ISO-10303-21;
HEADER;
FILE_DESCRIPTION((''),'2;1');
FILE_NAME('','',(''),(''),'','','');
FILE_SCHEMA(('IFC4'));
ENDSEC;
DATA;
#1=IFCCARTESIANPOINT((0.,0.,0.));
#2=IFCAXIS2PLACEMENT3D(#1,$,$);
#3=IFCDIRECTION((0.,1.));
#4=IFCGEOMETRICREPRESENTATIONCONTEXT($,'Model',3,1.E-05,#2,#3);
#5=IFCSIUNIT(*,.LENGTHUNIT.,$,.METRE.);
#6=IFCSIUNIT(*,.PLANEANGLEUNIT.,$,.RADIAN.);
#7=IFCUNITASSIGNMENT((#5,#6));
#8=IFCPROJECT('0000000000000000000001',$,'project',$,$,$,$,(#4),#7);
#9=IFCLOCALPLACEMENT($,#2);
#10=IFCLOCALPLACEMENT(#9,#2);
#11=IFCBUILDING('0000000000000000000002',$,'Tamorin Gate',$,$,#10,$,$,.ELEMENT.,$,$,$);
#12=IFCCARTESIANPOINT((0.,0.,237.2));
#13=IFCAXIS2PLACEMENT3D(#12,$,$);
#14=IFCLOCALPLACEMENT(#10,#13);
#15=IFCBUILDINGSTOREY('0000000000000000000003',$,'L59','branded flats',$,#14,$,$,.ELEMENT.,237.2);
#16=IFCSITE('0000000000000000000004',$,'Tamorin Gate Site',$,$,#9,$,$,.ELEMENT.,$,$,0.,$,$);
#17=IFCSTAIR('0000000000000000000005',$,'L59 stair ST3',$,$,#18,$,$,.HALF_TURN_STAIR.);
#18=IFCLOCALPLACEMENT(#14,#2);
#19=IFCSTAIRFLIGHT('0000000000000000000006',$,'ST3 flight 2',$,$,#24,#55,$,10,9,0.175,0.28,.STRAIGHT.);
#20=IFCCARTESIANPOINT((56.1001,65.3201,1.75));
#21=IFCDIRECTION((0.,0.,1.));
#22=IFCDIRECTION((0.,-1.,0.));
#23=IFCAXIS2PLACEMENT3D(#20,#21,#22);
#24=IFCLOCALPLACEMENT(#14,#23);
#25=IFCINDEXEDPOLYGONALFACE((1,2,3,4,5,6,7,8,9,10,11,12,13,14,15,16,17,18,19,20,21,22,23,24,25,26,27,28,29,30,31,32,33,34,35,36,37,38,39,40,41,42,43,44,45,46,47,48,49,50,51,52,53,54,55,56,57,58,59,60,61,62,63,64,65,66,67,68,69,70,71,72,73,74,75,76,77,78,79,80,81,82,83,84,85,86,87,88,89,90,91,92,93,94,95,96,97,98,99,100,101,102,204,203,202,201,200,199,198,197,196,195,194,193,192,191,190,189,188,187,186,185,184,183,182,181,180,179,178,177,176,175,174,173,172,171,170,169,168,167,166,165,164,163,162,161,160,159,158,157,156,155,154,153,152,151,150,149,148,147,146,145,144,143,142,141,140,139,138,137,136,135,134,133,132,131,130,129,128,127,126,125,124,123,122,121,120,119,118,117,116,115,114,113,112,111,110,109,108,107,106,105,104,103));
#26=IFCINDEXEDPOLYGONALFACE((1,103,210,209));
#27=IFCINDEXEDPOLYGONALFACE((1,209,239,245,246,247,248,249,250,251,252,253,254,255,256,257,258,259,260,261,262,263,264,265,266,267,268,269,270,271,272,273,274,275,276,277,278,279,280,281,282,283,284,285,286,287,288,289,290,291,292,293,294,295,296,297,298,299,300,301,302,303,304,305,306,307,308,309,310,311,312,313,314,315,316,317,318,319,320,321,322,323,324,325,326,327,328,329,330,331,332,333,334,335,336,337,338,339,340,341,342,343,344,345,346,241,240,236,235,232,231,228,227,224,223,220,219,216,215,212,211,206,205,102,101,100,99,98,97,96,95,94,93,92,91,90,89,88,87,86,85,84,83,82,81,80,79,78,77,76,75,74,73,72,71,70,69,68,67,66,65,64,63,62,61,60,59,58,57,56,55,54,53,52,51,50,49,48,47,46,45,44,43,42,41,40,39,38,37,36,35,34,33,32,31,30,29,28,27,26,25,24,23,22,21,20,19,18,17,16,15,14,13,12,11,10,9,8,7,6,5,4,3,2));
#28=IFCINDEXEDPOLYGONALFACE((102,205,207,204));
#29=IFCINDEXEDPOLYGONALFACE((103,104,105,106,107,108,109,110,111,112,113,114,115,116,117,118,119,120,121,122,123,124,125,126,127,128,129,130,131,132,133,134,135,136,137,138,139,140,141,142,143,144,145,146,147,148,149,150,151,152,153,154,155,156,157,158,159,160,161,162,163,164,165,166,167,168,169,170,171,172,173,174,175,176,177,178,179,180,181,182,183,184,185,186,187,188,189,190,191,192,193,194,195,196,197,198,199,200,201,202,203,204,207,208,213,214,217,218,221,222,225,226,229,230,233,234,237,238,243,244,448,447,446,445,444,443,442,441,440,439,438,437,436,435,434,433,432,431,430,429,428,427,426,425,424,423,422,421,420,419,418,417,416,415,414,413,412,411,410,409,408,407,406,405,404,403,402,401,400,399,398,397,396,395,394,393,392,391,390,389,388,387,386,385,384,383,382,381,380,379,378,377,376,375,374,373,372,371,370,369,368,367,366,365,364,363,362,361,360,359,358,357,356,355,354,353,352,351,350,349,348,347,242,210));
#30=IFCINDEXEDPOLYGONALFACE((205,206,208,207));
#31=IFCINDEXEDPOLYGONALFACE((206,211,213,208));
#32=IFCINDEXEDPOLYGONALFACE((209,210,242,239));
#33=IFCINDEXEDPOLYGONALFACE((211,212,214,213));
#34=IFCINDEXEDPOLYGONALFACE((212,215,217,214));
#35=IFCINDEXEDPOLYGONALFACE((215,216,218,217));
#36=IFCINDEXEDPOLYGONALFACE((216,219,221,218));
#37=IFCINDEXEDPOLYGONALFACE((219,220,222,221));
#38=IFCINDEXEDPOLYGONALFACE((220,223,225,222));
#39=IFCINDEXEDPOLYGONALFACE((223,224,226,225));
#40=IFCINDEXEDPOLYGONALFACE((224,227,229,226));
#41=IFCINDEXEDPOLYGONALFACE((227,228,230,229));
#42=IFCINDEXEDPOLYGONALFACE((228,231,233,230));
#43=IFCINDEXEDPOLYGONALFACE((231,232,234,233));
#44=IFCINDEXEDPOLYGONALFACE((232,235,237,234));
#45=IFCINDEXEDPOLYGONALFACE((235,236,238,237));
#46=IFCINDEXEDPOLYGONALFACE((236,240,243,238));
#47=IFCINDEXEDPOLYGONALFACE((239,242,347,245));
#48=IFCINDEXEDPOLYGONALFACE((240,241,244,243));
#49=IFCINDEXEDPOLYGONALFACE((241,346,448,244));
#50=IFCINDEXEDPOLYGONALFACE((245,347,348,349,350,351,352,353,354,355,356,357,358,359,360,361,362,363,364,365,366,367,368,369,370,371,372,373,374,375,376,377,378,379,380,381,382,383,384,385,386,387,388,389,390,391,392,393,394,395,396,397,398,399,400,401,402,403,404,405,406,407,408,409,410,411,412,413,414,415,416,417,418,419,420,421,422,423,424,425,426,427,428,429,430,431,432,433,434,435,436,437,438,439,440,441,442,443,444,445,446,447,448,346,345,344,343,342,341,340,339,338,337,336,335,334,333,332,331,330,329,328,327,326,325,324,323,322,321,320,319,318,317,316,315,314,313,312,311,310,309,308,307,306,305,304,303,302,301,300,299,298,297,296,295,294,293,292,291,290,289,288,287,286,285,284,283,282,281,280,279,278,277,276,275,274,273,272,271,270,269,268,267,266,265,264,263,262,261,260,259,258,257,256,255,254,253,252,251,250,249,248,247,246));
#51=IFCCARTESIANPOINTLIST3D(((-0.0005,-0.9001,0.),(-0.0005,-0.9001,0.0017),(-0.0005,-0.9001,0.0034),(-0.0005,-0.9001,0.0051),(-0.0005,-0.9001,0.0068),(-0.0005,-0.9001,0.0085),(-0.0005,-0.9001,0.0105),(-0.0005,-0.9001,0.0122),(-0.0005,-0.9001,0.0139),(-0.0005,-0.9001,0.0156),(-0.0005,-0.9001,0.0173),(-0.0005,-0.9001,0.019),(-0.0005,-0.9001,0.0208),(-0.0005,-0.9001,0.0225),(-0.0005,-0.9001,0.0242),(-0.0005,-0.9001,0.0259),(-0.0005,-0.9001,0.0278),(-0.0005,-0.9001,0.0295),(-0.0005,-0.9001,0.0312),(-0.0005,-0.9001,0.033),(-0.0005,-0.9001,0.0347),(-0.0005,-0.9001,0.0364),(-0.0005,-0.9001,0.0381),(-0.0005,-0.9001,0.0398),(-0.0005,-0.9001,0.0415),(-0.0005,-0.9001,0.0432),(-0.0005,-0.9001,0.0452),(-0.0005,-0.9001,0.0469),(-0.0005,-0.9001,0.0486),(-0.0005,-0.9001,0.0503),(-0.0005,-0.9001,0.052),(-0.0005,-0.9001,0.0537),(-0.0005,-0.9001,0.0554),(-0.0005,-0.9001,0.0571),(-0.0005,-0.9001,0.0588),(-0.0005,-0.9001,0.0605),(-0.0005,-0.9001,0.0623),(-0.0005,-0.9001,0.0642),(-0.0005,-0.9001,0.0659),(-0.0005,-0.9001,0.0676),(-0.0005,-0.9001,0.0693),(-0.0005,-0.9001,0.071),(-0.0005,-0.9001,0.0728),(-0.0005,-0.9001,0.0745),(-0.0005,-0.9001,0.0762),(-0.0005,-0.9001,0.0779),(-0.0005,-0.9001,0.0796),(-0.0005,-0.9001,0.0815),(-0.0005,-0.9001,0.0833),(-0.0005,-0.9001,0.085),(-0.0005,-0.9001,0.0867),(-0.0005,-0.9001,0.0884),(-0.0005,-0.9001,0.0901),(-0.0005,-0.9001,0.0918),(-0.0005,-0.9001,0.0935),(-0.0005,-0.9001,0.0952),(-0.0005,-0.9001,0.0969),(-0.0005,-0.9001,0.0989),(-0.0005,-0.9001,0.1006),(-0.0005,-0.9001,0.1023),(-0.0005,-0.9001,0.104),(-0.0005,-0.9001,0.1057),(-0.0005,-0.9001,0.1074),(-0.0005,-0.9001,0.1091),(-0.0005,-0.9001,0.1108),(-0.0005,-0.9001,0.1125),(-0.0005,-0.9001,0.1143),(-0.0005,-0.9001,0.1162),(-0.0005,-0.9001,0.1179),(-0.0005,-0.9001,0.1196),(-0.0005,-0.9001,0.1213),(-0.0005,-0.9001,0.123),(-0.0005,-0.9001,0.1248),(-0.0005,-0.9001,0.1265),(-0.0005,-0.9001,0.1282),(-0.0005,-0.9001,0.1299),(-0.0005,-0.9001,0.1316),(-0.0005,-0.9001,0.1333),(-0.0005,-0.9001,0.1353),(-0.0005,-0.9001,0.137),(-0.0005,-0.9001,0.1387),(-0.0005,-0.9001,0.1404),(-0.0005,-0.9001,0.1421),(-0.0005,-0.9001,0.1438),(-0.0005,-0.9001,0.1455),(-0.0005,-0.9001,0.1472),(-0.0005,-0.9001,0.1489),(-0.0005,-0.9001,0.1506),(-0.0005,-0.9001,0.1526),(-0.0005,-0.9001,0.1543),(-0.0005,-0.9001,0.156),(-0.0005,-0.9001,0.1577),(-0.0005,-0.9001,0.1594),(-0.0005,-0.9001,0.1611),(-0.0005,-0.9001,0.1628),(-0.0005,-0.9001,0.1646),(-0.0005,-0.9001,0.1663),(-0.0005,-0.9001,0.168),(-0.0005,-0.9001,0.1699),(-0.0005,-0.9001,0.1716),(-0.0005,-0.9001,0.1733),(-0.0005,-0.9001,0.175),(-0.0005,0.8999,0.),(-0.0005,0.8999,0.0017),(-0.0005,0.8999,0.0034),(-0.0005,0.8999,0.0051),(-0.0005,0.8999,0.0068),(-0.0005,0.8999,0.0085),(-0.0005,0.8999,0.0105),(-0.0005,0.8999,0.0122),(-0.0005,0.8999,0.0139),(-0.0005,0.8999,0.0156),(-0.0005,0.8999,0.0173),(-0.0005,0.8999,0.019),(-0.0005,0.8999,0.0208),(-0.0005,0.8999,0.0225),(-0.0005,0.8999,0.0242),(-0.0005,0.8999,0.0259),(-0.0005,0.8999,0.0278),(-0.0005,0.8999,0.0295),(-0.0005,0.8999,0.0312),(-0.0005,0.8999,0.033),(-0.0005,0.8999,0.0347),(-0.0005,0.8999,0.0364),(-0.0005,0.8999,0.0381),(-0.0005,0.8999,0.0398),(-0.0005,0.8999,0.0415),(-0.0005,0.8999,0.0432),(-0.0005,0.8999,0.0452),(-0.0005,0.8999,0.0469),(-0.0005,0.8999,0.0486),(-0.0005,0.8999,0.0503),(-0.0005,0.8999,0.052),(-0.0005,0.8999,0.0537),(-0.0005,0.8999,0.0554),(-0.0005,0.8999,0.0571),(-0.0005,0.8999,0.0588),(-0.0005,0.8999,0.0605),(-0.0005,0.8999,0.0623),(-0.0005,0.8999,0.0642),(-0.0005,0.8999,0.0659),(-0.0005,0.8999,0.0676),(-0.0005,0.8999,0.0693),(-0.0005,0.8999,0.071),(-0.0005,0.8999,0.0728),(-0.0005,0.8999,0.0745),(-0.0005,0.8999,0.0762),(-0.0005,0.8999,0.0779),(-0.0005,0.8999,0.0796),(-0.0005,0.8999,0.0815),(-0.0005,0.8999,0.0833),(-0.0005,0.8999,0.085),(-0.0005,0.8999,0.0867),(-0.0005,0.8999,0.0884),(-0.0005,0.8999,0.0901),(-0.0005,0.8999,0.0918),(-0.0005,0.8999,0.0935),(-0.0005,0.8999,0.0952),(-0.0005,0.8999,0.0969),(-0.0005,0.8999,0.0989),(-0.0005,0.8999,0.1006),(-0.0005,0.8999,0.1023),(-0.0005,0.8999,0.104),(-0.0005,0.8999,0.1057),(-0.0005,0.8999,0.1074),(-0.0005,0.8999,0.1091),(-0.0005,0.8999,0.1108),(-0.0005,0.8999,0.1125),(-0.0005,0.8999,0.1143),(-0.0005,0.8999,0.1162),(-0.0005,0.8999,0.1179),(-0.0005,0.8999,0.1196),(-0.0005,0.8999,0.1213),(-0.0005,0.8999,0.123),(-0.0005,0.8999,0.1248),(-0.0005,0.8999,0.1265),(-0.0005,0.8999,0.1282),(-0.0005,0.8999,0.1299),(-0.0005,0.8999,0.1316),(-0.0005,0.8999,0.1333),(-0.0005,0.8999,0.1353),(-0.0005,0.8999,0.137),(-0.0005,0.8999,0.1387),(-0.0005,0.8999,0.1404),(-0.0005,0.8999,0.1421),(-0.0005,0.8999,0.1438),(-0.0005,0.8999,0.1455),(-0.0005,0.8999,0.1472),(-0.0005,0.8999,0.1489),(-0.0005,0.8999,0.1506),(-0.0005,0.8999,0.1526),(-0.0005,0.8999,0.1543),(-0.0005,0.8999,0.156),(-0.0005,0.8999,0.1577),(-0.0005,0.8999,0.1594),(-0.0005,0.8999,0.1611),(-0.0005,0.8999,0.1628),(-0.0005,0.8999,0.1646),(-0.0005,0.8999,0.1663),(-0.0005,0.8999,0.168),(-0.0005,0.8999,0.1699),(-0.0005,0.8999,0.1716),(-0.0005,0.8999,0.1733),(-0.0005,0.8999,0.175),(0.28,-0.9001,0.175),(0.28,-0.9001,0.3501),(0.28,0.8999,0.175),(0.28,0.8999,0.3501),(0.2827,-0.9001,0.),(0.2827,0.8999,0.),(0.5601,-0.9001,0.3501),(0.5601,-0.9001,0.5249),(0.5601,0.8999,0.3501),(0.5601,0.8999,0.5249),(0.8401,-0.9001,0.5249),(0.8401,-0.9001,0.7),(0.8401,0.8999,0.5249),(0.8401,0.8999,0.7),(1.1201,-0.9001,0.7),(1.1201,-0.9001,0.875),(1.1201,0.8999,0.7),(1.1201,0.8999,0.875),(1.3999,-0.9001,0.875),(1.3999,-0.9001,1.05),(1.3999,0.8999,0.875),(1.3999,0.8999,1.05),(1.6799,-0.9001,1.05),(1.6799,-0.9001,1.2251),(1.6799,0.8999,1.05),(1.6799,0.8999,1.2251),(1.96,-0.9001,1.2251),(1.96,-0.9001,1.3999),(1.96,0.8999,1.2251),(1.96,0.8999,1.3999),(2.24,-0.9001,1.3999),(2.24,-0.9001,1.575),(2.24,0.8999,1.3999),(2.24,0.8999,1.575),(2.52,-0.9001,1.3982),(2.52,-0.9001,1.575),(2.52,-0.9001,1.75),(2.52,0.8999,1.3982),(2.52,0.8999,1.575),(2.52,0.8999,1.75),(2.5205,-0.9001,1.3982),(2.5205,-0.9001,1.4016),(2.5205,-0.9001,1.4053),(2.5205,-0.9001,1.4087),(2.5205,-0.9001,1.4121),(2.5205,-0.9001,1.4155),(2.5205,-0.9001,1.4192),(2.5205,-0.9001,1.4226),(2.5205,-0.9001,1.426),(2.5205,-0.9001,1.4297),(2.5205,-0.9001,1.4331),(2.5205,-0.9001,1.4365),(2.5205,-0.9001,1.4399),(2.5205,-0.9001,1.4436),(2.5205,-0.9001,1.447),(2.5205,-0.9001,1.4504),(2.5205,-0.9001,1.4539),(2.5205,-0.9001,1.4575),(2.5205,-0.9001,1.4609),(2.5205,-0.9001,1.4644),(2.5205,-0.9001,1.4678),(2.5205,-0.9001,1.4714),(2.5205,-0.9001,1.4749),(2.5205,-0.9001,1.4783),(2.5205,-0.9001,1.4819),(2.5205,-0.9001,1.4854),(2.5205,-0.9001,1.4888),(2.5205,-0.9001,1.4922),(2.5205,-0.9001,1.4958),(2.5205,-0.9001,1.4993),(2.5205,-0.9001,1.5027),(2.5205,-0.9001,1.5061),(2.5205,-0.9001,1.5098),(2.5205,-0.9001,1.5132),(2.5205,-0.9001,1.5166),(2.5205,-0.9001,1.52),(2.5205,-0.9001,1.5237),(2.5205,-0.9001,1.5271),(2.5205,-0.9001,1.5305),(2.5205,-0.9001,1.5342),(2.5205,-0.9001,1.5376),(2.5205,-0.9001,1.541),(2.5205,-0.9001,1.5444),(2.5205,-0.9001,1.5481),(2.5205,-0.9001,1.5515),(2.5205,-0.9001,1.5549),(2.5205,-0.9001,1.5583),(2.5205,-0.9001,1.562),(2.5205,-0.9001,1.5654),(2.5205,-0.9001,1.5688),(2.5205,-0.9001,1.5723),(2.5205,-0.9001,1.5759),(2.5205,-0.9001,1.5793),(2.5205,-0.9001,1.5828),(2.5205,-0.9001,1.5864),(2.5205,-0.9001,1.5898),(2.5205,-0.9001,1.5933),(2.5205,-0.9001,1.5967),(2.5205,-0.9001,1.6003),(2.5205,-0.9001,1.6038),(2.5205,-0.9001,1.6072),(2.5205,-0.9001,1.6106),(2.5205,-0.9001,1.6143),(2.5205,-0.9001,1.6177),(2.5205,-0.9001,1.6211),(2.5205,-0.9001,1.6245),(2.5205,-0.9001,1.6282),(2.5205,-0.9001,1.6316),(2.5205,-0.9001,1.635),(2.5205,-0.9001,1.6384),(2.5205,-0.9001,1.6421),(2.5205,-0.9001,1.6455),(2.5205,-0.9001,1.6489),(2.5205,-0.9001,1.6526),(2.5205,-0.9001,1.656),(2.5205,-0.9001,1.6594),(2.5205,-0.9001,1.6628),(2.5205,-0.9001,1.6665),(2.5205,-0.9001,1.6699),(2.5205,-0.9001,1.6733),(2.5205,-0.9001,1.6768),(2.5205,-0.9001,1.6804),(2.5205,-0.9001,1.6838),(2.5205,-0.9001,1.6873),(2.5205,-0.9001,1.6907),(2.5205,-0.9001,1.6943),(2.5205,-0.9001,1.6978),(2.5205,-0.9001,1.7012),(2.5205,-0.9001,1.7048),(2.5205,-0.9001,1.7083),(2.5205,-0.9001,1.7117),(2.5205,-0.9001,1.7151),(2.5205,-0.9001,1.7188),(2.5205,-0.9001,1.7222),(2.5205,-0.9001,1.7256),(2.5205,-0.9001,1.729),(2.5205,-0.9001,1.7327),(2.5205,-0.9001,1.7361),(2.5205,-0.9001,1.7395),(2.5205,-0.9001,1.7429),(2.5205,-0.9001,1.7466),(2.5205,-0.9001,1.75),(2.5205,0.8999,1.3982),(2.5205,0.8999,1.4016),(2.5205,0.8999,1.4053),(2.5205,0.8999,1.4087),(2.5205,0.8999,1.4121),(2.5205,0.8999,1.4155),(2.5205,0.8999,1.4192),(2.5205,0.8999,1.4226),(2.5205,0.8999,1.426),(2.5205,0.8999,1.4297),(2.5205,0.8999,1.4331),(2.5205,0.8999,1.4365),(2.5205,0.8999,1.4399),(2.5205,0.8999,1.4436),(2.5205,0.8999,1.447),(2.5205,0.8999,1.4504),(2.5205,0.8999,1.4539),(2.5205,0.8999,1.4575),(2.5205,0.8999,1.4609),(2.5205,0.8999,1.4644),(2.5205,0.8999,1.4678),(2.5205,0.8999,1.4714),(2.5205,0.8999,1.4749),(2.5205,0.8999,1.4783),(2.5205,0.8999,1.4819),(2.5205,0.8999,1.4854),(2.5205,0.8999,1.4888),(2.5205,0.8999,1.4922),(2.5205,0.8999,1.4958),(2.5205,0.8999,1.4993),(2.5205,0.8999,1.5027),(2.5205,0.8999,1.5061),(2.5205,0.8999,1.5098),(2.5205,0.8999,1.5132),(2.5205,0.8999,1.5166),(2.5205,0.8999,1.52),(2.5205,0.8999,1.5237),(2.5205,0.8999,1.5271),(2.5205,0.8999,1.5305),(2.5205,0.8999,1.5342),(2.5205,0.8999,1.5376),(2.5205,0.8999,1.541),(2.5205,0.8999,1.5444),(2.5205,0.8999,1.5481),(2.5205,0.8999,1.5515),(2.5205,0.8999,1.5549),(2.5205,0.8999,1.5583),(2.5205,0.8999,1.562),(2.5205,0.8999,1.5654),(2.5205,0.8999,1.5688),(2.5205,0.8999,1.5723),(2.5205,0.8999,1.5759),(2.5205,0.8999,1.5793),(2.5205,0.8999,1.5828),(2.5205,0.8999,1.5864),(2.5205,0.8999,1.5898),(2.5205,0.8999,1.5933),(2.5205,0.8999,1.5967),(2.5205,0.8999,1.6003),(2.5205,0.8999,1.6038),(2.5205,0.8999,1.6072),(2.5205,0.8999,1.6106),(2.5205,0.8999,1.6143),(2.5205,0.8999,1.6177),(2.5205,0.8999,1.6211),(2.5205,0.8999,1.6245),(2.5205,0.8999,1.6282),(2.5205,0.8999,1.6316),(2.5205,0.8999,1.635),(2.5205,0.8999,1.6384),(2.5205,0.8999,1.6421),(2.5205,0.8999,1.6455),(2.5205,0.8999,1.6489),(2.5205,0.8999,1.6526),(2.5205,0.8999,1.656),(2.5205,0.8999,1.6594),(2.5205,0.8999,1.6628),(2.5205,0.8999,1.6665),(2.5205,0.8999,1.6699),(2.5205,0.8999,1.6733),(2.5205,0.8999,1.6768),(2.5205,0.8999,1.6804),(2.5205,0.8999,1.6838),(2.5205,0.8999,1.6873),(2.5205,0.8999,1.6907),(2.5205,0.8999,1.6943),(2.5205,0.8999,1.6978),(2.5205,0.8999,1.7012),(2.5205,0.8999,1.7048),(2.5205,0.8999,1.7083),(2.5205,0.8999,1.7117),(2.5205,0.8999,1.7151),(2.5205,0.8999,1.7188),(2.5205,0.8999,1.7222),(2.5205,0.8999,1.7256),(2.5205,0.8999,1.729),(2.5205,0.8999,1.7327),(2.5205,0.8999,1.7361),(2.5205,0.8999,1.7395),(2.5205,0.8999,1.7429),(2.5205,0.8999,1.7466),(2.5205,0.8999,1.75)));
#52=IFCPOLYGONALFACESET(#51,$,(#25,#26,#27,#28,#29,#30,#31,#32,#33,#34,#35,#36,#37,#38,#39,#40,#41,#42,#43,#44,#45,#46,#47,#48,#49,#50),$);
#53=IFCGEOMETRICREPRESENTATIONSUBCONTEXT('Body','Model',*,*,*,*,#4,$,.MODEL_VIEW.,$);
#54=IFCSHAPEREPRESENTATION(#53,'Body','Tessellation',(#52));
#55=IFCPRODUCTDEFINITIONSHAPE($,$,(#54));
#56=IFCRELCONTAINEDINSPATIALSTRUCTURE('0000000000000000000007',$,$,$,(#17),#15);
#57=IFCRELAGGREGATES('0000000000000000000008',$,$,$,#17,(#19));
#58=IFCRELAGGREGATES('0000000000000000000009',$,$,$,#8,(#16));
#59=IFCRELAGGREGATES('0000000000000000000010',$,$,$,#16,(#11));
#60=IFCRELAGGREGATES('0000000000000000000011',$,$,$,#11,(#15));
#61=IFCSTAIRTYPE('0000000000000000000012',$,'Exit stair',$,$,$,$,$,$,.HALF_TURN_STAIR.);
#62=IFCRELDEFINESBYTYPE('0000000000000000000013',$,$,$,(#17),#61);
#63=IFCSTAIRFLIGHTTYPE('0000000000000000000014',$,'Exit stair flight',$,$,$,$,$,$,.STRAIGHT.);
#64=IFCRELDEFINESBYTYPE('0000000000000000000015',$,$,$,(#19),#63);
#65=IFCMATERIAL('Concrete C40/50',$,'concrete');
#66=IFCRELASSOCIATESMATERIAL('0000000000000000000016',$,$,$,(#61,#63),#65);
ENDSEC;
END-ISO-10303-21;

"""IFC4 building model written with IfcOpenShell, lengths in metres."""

from ifc_helpers import new_model, si_unit, direction, frame, origin, place, context, subcontext, project, spatial, polyline, outline, extrude, material, type_object, element, aggregate, save


model = new_model("IFC4")

# Units and contexts
model_context = context("Model", 3, precision=1e-05, world=origin(), true_north=direction((0.0, 1.0)))
body_context = subcontext(model_context, "Body", "Model", "MODEL_VIEW")
ifc_project = project(units=[si_unit("LENGTHUNIT", "METRE"), si_unit("PLANEANGLEUNIT", "RADIAN")], contexts=[model_context])

# Site, building, storey
site_placement = place(None, origin())
site = spatial("IfcSite", under=ifc_project, at=site_placement, Name="Tamorin Gate Site", CompositionType="ELEMENT", RefElevation=0.0)
building_placement = place(site_placement, origin())
building = spatial("IfcBuilding", under=site, at=building_placement, Name="Tamorin Gate", CompositionType="ELEMENT")
storey_placement = place(building_placement, frame((0.0, 0.0, 237.2)))
storey = spatial("IfcBuildingStorey", under=building, at=storey_placement, Name="L59", Description="branded flats", CompositionType="ELEMENT", Elevation=237.2)

# Stair, stair flight
ifc_material_1 = material(Name="Concrete C40/50", Category="concrete")
stair_type = type_object("IfcStairType", Name="Exit stair", PredefinedType="HALF_TURN_STAIR", material=ifc_material_1)
stair_placement = place(storey_placement, origin())
stair = element("IfcStair", 1, at=stair_placement, inside=storey, type_object=stair_type, Name="L59 stair ST3", PredefinedType="HALF_TURN_STAIR")
stair_flight_type = type_object("IfcStairFlightType", Name="Exit stair flight", PredefinedType="STRAIGHT", material=ifc_material_1)
stair_flight_1_placement = place(storey_placement, frame((56.1001, 65.3201, 1.75), z_axis=(0.0, 0.0, 1.0), x_axis=(0.0, -1.0, 0.0)))
stair_flight_1 = element("IfcStairFlight", 2, at=stair_flight_1_placement, type_object=stair_flight_type, Name="ST3 flight 2", NumberOfRisers=10, NumberOfTreads=9, PredefinedType="STRAIGHT", RiserHeight=0.175, TreadLength=0.28, context=body_context, shape_type="SweptSolid", body=[
    extrude(outline(polyline([(-0.0005, 0.0), (-0.0005, 0.0017), (-0.0005, 0.0034), (-0.0005, 0.0051), (-0.0005, 0.0068), (-0.0005, 0.0085), (-0.0005, 0.0105), (-0.0005, 0.0122), (-0.0005, 0.0139), (-0.0005, 0.0156), (-0.0005, 0.0173), (-0.0005, 0.019), (-0.0005, 0.0208), (-0.0005, 0.0225), (-0.0005, 0.0242), (-0.0005, 0.0259), (-0.0005, 0.0278), (-0.0005, 0.0295), (-0.0005, 0.0312), (-0.0005, 0.033), (-0.0005, 0.0347), (-0.0005, 0.0364), (-0.0005, 0.0381), (-0.0005, 0.0398), (-0.0005, 0.0415), (-0.0005, 0.0432), (-0.0005, 0.0452), (-0.0005, 0.0469), (-0.0005, 0.0486), (-0.0005, 0.0503), (-0.0005, 0.052), (-0.0005, 0.0537), (-0.0005, 0.0554), (-0.0005, 0.0571), (-0.0005, 0.0588), (-0.0005, 0.0605), (-0.0005, 0.0623), (-0.0005, 0.0642), (-0.0005, 0.0659), (-0.0005, 0.0676), (-0.0005, 0.0693), (-0.0005, 0.071), (-0.0005, 0.0728), (-0.0005, 0.0745), (-0.0005, 0.0762), (-0.0005, 0.0779), (-0.0005, 0.0796), (-0.0005, 0.0815), (-0.0005, 0.0833), (-0.0005, 0.085), (-0.0005, 0.0867), (-0.0005, 0.0884), (-0.0005, 0.0901), (-0.0005, 0.0918), (-0.0005, 0.0935), (-0.0005, 0.0952), (-0.0005, 0.0969), (-0.0005, 0.0989), (-0.0005, 0.1006), (-0.0005, 0.1023), (-0.0005, 0.104), (-0.0005, 0.1057), (-0.0005, 0.1074), (-0.0005, 0.1091), (-0.0005, 0.1108), (-0.0005, 0.1125), (-0.0005, 0.1143), (-0.0005, 0.1162), (-0.0005, 0.1179), (-0.0005, 0.1196), (-0.0005, 0.1213), (-0.0005, 0.123), (-0.0005, 0.1248), (-0.0005, 0.1265), (-0.0005, 0.1282), (-0.0005, 0.1299), (-0.0005, 0.1316), (-0.0005, 0.1333), (-0.0005, 0.1353), (-0.0005, 0.137), (-0.0005, 0.1387), (-0.0005, 0.1404), (-0.0005, 0.1421), (-0.0005, 0.1438), (-0.0005, 0.1455), (-0.0005, 0.1472), (-0.0005, 0.1489), (-0.0005, 0.1506), (-0.0005, 0.1526), (-0.0005, 0.1543), (-0.0005, 0.156), (-0.0005, 0.1577), (-0.0005, 0.1594), (-0.0005, 0.1611), (-0.0005, 0.1628), (-0.0005, 0.1646), (-0.0005, 0.1663), (-0.0005, 0.168), (-0.0005, 0.1699), (-0.0005, 0.1716), (-0.0005, 0.1733), (-0.0005, 0.175), (0.28, 0.175), (0.28, 0.3501), (0.5601, 0.3501), (0.5601, 0.5249), (0.8401, 0.5249), (0.8401, 0.7), (1.1201, 0.7), (1.1201, 0.875), (1.3999, 0.875), (1.3999, 1.05), (1.6799, 1.05), (1.6799, 1.2251), (1.96, 1.2251), (1.96, 1.3999), (2.24, 1.3999), (2.24, 1.575), (2.52, 1.575), (2.52, 1.75), (2.5205, 1.75), (2.5205, 1.7466), (2.5205, 1.7429), (2.5205, 1.7395), (2.5205, 1.7361), (2.5205, 1.7327), (2.5205, 1.729), (2.5205, 1.7256), (2.5205, 1.7222), (2.5205, 1.7188), (2.5205, 1.7151), (2.5205, 1.7117), (2.5205, 1.7083), (2.5205, 1.7048), (2.5205, 1.7012), (2.5205, 1.6978), (2.5205, 1.6943), (2.5205, 1.6907), (2.5205, 1.6873), (2.5205, 1.6838), (2.5205, 1.6804), (2.5205, 1.6768), (2.5205, 1.6733), (2.5205, 1.6699), (2.5205, 1.6665), (2.5205, 1.6628), (2.5205, 1.6594), (2.5205, 1.656), (2.5205, 1.6526), (2.5205, 1.6489), (2.5205, 1.6455), (2.5205, 1.6421), (2.5205, 1.6384), (2.5205, 1.635), (2.5205, 1.6316), (2.5205, 1.6282), (2.5205, 1.6245), (2.5205, 1.6211), (2.5205, 1.6177), (2.5205, 1.6143), (2.5205, 1.6106), (2.5205, 1.6072), (2.5205, 1.6038), (2.5205, 1.6003), (2.5205, 1.5967), (2.5205, 1.5933), (2.5205, 1.5898), (2.5205, 1.5864), (2.5205, 1.5828), (2.5205, 1.5793), (2.5205, 1.5759), (2.5205, 1.5723), (2.5205, 1.5688), (2.5205, 1.5654), (2.5205, 1.562), (2.5205, 1.5583), (2.5205, 1.5549), (2.5205, 1.5515), (2.5205, 1.5481), (2.5205, 1.5444), (2.5205, 1.541), (2.5205, 1.5376), (2.5205, 1.5342), (2.5205, 1.5305), (2.5205, 1.5271), (2.5205, 1.5237), (2.5205, 1.52), (2.5205, 1.5166), (2.5205, 1.5132), (2.5205, 1.5098), (2.5205, 1.5061), (2.5205, 1.5027), (2.5205, 1.4993), (2.5205, 1.4958), (2.5205, 1.4922), (2.5205, 1.4888), (2.5205, 1.4854), (2.5205, 1.4819), (2.5205, 1.4783), (2.5205, 1.4749), (2.5205, 1.4714), (2.5205, 1.4678), (2.5205, 1.4644), (2.5205, 1.4609), (2.5205, 1.4575), (2.5205, 1.4539), (2.5205, 1.4504), (2.5205, 1.447), (2.5205, 1.4436), (2.5205, 1.4399), (2.5205, 1.4365), (2.5205, 1.4331), (2.5205, 1.4297), (2.5205, 1.426), (2.5205, 1.4226), (2.5205, 1.4192), (2.5205, 1.4155), (2.5205, 1.4121), (2.5205, 1.4087), (2.5205, 1.4053), (2.5205, 1.4016), (2.5205, 1.3982), (2.52, 1.3982), (0.2827, 0.0), (-0.0005, 0.0)])), frame((0.0, 0.8999, 0.0), z_axis=(0.0, -1.0, 0.0), x_axis=(1.0, 0.0, 0.0)), (0.0, 0.0, 1.0), 1.8),
])
aggregate(stair, [stair_flight_1])

save(model, "model.ifc")
